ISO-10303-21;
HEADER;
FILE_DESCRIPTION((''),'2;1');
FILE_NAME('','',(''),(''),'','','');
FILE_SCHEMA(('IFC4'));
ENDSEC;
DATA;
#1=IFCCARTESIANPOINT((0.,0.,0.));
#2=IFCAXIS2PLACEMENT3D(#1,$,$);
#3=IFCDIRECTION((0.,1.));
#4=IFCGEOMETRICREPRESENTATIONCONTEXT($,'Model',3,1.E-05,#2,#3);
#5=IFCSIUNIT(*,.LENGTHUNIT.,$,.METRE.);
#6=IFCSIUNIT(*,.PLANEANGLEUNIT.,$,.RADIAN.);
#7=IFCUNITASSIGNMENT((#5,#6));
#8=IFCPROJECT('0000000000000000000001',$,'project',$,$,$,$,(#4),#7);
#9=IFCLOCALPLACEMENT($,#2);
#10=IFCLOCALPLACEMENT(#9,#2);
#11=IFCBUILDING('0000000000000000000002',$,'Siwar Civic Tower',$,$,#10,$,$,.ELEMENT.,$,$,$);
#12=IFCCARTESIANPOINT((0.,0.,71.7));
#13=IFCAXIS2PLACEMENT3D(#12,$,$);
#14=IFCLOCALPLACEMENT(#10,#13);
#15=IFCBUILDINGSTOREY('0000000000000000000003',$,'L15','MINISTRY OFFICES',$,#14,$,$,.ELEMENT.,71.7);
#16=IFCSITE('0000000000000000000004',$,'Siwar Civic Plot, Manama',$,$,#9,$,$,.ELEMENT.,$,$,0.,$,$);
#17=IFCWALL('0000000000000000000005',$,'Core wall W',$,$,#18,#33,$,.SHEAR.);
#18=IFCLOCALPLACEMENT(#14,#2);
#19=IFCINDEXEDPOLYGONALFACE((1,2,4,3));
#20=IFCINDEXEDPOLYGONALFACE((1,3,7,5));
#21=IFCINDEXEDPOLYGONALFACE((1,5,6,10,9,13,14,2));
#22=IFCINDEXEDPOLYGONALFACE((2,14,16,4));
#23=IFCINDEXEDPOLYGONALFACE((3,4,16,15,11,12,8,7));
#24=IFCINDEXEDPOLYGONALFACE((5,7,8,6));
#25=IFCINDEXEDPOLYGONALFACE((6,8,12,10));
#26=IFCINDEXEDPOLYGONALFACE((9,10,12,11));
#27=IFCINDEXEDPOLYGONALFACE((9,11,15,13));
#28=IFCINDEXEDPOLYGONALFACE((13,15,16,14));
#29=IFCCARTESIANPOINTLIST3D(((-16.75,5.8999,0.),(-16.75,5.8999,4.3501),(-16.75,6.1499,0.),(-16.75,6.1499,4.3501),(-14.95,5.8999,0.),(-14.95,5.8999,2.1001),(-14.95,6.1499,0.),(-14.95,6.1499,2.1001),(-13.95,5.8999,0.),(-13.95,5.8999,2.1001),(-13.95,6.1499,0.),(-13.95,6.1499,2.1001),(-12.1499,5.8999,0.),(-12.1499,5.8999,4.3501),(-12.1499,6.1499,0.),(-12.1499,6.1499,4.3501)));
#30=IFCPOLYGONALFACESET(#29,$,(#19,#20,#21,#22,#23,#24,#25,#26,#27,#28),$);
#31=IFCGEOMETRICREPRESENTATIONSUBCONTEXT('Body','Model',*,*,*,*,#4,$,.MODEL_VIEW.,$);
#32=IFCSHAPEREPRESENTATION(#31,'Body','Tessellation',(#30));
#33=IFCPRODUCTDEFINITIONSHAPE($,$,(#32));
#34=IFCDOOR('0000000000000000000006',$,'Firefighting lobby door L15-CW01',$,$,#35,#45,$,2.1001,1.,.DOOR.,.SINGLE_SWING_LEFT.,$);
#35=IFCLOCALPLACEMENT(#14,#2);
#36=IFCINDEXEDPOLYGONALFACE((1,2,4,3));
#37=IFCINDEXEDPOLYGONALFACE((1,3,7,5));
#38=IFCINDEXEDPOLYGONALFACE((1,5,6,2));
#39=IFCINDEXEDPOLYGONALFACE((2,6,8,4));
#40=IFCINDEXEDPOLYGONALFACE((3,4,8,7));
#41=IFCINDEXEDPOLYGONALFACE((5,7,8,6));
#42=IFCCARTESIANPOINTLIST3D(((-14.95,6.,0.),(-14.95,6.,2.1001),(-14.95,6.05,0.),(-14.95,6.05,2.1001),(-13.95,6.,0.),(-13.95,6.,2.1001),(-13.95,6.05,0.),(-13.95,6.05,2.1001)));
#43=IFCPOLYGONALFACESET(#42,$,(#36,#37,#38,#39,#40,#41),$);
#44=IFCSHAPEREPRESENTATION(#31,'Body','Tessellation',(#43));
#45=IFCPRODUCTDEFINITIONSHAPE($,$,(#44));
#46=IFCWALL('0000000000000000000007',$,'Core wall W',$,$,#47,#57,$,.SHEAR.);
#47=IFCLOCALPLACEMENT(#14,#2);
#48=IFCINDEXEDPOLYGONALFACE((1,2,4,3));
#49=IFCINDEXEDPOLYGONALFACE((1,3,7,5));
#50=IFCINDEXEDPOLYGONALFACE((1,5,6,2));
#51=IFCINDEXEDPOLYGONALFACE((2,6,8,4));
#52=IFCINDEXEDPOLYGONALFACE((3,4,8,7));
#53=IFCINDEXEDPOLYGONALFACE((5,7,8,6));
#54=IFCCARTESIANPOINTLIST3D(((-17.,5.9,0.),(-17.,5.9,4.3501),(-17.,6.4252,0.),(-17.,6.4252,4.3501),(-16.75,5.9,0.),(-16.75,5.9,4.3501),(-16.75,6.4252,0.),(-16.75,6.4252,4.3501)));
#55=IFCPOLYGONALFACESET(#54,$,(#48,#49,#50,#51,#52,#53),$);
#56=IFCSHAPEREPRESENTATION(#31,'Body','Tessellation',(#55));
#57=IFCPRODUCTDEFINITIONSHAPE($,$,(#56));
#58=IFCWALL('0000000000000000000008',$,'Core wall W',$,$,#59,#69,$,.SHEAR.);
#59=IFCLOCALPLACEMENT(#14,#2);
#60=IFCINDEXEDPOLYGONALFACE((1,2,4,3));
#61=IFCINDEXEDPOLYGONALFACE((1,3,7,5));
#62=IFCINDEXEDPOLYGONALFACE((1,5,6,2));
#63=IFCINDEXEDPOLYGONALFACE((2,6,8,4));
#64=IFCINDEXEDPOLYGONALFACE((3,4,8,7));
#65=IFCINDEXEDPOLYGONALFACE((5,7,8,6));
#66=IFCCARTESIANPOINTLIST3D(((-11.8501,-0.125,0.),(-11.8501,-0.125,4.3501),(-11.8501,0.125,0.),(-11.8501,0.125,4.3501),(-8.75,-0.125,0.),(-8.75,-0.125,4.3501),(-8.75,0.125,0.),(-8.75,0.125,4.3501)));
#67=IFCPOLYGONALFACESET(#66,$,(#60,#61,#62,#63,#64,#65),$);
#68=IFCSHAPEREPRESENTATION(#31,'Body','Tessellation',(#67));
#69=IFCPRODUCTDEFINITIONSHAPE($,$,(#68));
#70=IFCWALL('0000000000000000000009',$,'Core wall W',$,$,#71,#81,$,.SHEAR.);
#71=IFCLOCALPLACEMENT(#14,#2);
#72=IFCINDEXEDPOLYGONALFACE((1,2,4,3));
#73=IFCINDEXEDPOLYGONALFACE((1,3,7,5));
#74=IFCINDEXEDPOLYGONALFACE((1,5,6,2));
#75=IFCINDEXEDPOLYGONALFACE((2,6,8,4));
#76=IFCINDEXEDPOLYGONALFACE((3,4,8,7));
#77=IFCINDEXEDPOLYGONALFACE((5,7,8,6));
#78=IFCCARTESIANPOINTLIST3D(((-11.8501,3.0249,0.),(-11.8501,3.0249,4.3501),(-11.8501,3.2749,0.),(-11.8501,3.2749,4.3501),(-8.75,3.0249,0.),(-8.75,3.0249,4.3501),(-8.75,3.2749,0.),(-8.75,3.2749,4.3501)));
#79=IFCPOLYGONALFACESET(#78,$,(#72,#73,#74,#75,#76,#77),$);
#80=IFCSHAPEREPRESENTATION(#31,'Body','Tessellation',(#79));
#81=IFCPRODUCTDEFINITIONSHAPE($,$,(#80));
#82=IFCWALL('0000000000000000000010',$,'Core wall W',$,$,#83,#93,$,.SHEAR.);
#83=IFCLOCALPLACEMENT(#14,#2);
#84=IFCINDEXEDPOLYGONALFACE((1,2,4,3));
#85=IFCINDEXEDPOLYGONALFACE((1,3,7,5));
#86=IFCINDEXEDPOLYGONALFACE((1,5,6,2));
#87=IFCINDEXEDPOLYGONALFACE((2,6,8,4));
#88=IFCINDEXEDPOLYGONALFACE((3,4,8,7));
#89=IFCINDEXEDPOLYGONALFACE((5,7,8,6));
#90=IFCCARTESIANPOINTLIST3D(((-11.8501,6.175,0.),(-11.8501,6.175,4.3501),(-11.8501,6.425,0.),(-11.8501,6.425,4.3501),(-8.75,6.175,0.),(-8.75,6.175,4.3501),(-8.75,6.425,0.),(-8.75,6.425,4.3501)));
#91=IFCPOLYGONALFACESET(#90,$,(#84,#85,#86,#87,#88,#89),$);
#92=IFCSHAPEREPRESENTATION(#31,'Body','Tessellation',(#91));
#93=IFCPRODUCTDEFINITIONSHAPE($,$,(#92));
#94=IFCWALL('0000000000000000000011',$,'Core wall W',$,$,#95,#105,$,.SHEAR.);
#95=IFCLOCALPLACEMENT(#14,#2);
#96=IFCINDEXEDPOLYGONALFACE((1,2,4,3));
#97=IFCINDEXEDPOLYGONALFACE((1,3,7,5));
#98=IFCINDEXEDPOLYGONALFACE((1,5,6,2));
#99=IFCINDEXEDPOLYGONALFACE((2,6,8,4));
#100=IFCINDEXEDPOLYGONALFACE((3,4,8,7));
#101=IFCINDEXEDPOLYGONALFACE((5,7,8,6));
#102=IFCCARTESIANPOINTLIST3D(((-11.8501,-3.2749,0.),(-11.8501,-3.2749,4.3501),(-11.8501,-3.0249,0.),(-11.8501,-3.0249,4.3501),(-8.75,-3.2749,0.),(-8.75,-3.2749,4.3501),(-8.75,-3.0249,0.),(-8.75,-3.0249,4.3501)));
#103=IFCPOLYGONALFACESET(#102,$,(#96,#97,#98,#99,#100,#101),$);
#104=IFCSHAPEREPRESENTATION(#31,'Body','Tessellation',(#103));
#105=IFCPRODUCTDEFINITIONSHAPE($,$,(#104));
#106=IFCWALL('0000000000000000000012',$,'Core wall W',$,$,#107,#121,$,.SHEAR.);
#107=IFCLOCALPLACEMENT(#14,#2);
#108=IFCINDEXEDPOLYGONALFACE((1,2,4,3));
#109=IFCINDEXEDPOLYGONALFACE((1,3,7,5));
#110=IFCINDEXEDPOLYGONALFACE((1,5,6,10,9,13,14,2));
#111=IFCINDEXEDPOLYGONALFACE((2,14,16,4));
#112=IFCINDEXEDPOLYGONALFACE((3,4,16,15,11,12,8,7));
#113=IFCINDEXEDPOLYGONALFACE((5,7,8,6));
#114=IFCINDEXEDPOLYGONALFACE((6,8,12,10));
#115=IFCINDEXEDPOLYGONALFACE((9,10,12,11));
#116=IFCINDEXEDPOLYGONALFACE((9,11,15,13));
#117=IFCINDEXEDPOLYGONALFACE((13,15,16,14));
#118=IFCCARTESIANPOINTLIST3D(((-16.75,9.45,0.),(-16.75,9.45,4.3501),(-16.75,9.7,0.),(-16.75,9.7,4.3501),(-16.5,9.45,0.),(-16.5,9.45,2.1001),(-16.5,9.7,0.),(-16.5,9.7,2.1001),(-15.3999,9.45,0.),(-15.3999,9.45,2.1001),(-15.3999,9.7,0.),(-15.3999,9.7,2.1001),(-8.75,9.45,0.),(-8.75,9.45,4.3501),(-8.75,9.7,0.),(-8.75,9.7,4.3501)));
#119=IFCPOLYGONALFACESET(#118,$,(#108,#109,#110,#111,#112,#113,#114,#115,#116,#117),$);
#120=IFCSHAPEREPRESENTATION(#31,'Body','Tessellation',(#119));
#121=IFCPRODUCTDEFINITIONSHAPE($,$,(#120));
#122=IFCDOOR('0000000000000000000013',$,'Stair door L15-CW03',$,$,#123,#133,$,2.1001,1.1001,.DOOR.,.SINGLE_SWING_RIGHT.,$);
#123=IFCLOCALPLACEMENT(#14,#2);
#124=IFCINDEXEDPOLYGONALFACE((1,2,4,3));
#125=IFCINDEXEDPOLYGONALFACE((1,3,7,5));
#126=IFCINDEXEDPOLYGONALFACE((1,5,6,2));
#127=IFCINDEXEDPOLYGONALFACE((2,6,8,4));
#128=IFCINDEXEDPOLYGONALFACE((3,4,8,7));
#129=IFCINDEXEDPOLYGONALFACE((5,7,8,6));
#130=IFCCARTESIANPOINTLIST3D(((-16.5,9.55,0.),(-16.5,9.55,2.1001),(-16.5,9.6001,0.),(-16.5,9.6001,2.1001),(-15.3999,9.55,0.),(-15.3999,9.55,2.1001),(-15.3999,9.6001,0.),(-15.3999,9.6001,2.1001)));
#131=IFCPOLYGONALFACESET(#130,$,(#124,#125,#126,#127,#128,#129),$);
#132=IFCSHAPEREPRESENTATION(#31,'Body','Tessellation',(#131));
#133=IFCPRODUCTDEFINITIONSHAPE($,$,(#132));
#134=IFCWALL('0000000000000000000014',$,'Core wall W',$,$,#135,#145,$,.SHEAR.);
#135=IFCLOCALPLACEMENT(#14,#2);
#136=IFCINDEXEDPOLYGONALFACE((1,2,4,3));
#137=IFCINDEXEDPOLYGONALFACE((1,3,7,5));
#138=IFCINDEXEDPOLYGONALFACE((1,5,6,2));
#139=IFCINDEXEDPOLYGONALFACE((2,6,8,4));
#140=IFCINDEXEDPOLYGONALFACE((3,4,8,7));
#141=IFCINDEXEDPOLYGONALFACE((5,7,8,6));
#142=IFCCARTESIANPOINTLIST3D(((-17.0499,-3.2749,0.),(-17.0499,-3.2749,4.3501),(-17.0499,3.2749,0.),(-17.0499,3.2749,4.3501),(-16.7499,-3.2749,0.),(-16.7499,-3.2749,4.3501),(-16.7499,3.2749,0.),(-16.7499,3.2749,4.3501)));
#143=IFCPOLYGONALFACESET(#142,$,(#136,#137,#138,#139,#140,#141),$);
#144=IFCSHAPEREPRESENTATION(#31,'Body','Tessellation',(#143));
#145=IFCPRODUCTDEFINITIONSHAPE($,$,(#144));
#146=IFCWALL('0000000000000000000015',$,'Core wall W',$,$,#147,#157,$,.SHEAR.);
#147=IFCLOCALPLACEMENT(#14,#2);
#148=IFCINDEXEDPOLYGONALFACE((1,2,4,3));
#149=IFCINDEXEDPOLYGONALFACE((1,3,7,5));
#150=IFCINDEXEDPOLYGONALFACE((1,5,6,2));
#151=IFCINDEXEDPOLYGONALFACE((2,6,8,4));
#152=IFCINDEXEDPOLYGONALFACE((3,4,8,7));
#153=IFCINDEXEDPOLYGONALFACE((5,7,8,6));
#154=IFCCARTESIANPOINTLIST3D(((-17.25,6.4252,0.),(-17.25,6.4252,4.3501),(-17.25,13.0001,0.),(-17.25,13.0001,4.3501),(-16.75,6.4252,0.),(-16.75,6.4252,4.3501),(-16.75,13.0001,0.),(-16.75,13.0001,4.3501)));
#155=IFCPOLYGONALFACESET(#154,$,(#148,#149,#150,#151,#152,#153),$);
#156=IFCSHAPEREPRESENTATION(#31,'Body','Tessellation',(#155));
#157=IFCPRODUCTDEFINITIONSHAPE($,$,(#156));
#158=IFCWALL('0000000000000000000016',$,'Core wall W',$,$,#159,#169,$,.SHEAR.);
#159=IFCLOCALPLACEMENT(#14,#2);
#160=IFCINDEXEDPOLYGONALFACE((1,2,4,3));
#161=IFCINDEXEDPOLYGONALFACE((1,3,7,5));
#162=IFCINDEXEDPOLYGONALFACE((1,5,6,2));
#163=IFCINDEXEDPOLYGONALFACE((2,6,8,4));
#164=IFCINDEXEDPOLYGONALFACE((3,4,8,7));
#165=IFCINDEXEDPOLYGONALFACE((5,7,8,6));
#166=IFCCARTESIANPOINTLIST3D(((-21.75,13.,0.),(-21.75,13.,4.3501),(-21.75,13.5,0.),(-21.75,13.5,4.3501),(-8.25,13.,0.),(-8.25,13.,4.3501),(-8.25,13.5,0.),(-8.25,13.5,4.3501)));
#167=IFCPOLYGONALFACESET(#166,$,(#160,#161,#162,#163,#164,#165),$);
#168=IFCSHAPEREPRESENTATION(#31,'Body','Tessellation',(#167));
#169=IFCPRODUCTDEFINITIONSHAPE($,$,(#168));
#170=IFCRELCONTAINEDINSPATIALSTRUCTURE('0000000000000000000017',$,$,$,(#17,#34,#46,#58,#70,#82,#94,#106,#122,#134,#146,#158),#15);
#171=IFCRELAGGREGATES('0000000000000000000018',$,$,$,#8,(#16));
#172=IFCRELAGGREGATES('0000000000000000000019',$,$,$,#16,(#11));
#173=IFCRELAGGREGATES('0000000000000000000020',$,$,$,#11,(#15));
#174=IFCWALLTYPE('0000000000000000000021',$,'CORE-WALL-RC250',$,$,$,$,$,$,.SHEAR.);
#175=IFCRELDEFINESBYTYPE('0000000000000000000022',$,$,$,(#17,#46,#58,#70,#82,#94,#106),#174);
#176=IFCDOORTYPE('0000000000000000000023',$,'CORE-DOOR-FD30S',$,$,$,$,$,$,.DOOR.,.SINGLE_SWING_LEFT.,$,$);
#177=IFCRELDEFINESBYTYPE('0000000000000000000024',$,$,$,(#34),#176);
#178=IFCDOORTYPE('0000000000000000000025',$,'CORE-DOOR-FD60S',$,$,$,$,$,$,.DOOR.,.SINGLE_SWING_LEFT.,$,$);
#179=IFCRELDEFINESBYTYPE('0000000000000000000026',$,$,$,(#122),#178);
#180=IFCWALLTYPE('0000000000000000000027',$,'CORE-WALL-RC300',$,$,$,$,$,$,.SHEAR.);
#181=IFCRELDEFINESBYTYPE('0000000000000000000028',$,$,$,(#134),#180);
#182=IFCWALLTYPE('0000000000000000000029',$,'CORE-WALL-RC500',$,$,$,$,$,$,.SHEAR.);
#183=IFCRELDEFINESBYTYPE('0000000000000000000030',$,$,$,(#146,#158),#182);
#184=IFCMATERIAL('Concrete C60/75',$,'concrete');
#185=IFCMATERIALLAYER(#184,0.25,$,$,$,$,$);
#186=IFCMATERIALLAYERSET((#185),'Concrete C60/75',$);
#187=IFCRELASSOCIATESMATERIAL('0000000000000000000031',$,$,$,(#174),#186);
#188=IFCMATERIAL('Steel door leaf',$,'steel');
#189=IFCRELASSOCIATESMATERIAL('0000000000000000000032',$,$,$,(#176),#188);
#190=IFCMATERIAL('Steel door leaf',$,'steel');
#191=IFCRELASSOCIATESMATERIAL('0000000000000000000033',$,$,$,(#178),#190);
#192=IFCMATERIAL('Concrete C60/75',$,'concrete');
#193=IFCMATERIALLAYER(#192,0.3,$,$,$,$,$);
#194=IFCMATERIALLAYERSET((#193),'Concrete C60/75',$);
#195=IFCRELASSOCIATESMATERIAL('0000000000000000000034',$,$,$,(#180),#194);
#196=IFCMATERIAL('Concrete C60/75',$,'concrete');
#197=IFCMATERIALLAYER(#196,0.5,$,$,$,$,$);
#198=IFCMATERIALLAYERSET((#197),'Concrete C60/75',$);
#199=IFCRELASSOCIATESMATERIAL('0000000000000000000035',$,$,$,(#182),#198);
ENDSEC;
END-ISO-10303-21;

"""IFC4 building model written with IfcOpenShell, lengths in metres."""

from ifc_helpers import new_model, si_unit, direction, frame, frame_2d, origin, place, context, subcontext, project, spatial, rectangle, extrude, material, layer, layer_set, type_object, element, fill, save


model = new_model("IFC4")

# Units and contexts
model_context = context("Model", 3, precision=1e-05, world=origin(), true_north=direction((0.0, 1.0)))
body_context = subcontext(model_context, "Body", "Model", "MODEL_VIEW")
ifc_project = project(units=[si_unit("LENGTHUNIT", "METRE"), si_unit("PLANEANGLEUNIT", "RADIAN")], contexts=[model_context])

# Site, building, storey
site_placement = place(None, origin())
site = spatial("IfcSite", under=ifc_project, at=site_placement, Name="Siwar Civic Plot, Manama", CompositionType="ELEMENT", RefElevation=0.0)
building_placement = place(site_placement, origin())
building = spatial("IfcBuilding", under=site, at=building_placement, Name="Siwar Civic Tower", CompositionType="ELEMENT")
storey_placement = place(building_placement, frame((0.0, 0.0, 71.7)))
storey = spatial("IfcBuildingStorey", under=building, at=storey_placement, Name="L15", Description="MINISTRY OFFICES", CompositionType="ELEMENT", Elevation=71.7)

# Wall, opening, door
ifc_material_1 = material(Name="Concrete C60/75", Category="concrete")
ifc_layer_1 = layer(ifc_material_1, 0.25)
ifc_layer_set_1 = layer_set([ifc_layer_1], Name="Concrete C60/75")
wall_type_1 = type_object("IfcWallType", Name="CORE-WALL-RC250", PredefinedType="SHEAR", material=ifc_layer_set_1)
wall_1_placement = place(storey_placement, frame((-12.1499, 6.0249, 0.0), z_axis=(0.0, 0.0, 1.0), x_axis=(-1.0, 0.0, 0.0)))
wall_1 = element("IfcWall", 1, at=wall_1_placement, inside=storey, type_object=wall_type_1, Name="Core wall W", PredefinedType="SHEAR", context=body_context, shape_type="SweptSolid", body=[
    extrude(rectangle(XDim=4.6001, YDim=0.25, at=frame_2d((2.3, 0.0))), origin(), (0.0, 0.0, 1.0), 4.3501),
])
opening_1_placement = place(wall_1_placement, frame((1.8, 0.0, 0.0)))
opening_1 = element("IfcOpeningElement", 2, at=opening_1_placement, cuts=wall_1, PredefinedType="OPENING", context=body_context, shape_type="SweptSolid", body=[
    extrude(rectangle(XDim=1.0, YDim=2.1001, at=frame_2d((0.5, 1.05))), frame((0.0, 0.135, 0.0), z_axis=(0.0, -1.0, 0.0), x_axis=(1.0, 0.0, 0.0)), (0.0, 0.0, 1.0), 0.27),
])
ifc_material_2 = material(Name="Steel door leaf", Category="steel")
door_type_1 = type_object("IfcDoorType", Name="CORE-DOOR-FD30S", OperationType="SINGLE_SWING_LEFT", PredefinedType="DOOR", material=ifc_material_2)
door_1_placement = place(opening_1_placement, origin())
door_1 = element("IfcDoor", 3, at=door_1_placement, inside=storey, type_object=door_type_1, Name="Firefighting lobby door L15-CW01", OperationType="SINGLE_SWING_LEFT", OverallHeight=2.1001, OverallWidth=1.0, PredefinedType="DOOR", context=body_context, shape_type="SweptSolid", body=[
    extrude(rectangle(XDim=1.0, YDim=2.1001, at=frame_2d((0.5, 1.05))), frame((0.0, 0.0249, 0.0), z_axis=(0.0, -1.0, 0.0), x_axis=(1.0, 0.0, 0.0)), (0.0, 0.0, 1.0), 0.05),
])
fill(opening_1, door_1)

# Walls
wall_2_placement = place(storey_placement, frame((-16.875, 5.8999, 0.0), z_axis=(0.0, 0.0, 1.0), x_axis=(0.0, 1.0, 0.0)))
element("IfcWall", 4, at=wall_2_placement, inside=storey, type_object=wall_type_1, Name="Core wall W", PredefinedType="SHEAR", context=body_context, shape_type="SweptSolid", body=[
    extrude(rectangle(XDim=0.5251, YDim=0.25, at=frame_2d((0.2627, 0.0))), origin(), (0.0, 0.0, 1.0), 4.3501),
])
for number, where, z_axis, x_axis, name in (
    (5, (-8.75, 0.0, 0.0), (0.0, 0.0, 1.0), (-1.0, 0.0, 0.0), "Core wall W"),
    (6, (-8.75, 3.1499, 0.0), (0.0, 0.0, 1.0), (-1.0, 0.0, 0.0), "Core wall W"),
    (7, (-8.75, 6.3, 0.0), (0.0, 0.0, 1.0), (-1.0, 0.0, 0.0), "Core wall W"),
    (8, (-8.75, -3.1499, 0.0), (0.0, 0.0, 1.0), (-1.0, 0.0, 0.0), "Core wall W"),
):
    element("IfcWall", number, at=place(storey_placement, frame(where, z_axis=z_axis, x_axis=x_axis)), inside=storey, type_object=wall_type_1, Name=name, PredefinedType="SHEAR", context=body_context, shape_type="SweptSolid", body=[
        extrude(rectangle(XDim=3.1001, YDim=0.25, at=frame_2d((1.55, 0.0))), origin(), (0.0, 0.0, 1.0), 4.3501),
    ])

# Wall, opening, door
wall_3_placement = place(storey_placement, frame((-8.75, 9.575, 0.0), z_axis=(0.0, 0.0, 1.0), x_axis=(-1.0, 0.0, 0.0)))
wall_3 = element("IfcWall", 9, at=wall_3_placement, inside=storey, type_object=wall_type_1, Name="Core wall W", PredefinedType="SHEAR", context=body_context, shape_type="SweptSolid", body=[
    extrude(rectangle(XDim=8.0, YDim=0.25, at=frame_2d((4.0, 0.0))), origin(), (0.0, 0.0, 1.0), 4.3501),
])
opening_2_placement = place(wall_3_placement, frame((6.6499, 0.0, 0.0)))
opening_2 = element("IfcOpeningElement", 10, at=opening_2_placement, cuts=wall_3, PredefinedType="OPENING", context=body_context, shape_type="SweptSolid", body=[
    extrude(rectangle(XDim=1.1001, YDim=2.1001, at=frame_2d((0.55, 1.05))), frame((0.0, 0.135, 0.0), z_axis=(0.0, -1.0, 0.0), x_axis=(1.0, 0.0, 0.0)), (0.0, 0.0, 1.0), 0.27),
])
ifc_material_3 = material(Name="Steel door leaf", Category="steel")
door_type_2 = type_object("IfcDoorType", Name="CORE-DOOR-FD60S", OperationType="SINGLE_SWING_LEFT", PredefinedType="DOOR", material=ifc_material_3)
door_2_placement = place(opening_2_placement, origin())
door_2 = element("IfcDoor", 11, at=door_2_placement, inside=storey, type_object=door_type_2, Name="Stair door L15-CW03", OperationType="SINGLE_SWING_RIGHT", OverallHeight=2.1001, OverallWidth=1.1001, PredefinedType="DOOR", context=body_context, shape_type="SweptSolid", body=[
    extrude(rectangle(XDim=1.1001, YDim=2.1001, at=frame_2d((0.55, 1.05))), frame((0.0, 0.0249, 0.0), z_axis=(0.0, -1.0, 0.0), x_axis=(1.0, 0.0, 0.0)), (0.0, 0.0, 1.0), 0.05),
])
fill(opening_2, door_2)

# Walls
ifc_material_4 = material(Name="Concrete C60/75", Category="concrete")
ifc_layer_2 = layer(ifc_material_4, 0.3)
ifc_layer_set_2 = layer_set([ifc_layer_2], Name="Concrete C60/75")
wall_type_2 = type_object("IfcWallType", Name="CORE-WALL-RC300", PredefinedType="SHEAR", material=ifc_layer_set_2)
wall_4_placement = place(storey_placement, frame((-16.8999, -3.2749, 0.0), z_axis=(0.0, 0.0, 1.0), x_axis=(0.0, 1.0, 0.0)))
element("IfcWall", 12, at=wall_4_placement, inside=storey, type_object=wall_type_2, Name="Core wall W", PredefinedType="SHEAR", context=body_context, shape_type="SweptSolid", body=[
    extrude(rectangle(XDim=6.5498, YDim=0.3, at=frame_2d((3.2749, 0.0))), origin(), (0.0, 0.0, 1.0), 4.3501),
])
ifc_material_5 = material(Name="Concrete C60/75", Category="concrete")
ifc_layer_3 = layer(ifc_material_5, 0.5)
ifc_layer_set_3 = layer_set([ifc_layer_3], Name="Concrete C60/75")
wall_type_3 = type_object("IfcWallType", Name="CORE-WALL-RC500", PredefinedType="SHEAR", material=ifc_layer_set_3)
wall_5_placement = place(storey_placement, frame((-17.0, 6.425, 0.0), z_axis=(0.0, 0.0, 1.0), x_axis=(0.0, 1.0, 0.0)))
element("IfcWall", 13, at=wall_5_placement, inside=storey, type_object=wall_type_3, Name="Core wall W", PredefinedType="SHEAR", context=body_context, shape_type="SweptSolid", body=[
    extrude(rectangle(XDim=6.575, YDim=0.5, at=frame_2d((3.2876, 0.0))), origin(), (0.0, 0.0, 1.0), 4.3501),
])
wall_6_placement = place(storey_placement, frame((-8.25, 13.25, 0.0), z_axis=(0.0, 0.0, 1.0), x_axis=(-1.0, 0.0, 0.0)))
element("IfcWall", 14, at=wall_6_placement, inside=storey, type_object=wall_type_3, Name="Core wall W", PredefinedType="SHEAR", context=body_context, shape_type="SweptSolid", body=[
    extrude(rectangle(XDim=13.5, YDim=0.5, at=frame_2d((6.75, 0.0))), origin(), (0.0, 0.0, 1.0), 4.3501),
])

save(model, "model.ifc")
